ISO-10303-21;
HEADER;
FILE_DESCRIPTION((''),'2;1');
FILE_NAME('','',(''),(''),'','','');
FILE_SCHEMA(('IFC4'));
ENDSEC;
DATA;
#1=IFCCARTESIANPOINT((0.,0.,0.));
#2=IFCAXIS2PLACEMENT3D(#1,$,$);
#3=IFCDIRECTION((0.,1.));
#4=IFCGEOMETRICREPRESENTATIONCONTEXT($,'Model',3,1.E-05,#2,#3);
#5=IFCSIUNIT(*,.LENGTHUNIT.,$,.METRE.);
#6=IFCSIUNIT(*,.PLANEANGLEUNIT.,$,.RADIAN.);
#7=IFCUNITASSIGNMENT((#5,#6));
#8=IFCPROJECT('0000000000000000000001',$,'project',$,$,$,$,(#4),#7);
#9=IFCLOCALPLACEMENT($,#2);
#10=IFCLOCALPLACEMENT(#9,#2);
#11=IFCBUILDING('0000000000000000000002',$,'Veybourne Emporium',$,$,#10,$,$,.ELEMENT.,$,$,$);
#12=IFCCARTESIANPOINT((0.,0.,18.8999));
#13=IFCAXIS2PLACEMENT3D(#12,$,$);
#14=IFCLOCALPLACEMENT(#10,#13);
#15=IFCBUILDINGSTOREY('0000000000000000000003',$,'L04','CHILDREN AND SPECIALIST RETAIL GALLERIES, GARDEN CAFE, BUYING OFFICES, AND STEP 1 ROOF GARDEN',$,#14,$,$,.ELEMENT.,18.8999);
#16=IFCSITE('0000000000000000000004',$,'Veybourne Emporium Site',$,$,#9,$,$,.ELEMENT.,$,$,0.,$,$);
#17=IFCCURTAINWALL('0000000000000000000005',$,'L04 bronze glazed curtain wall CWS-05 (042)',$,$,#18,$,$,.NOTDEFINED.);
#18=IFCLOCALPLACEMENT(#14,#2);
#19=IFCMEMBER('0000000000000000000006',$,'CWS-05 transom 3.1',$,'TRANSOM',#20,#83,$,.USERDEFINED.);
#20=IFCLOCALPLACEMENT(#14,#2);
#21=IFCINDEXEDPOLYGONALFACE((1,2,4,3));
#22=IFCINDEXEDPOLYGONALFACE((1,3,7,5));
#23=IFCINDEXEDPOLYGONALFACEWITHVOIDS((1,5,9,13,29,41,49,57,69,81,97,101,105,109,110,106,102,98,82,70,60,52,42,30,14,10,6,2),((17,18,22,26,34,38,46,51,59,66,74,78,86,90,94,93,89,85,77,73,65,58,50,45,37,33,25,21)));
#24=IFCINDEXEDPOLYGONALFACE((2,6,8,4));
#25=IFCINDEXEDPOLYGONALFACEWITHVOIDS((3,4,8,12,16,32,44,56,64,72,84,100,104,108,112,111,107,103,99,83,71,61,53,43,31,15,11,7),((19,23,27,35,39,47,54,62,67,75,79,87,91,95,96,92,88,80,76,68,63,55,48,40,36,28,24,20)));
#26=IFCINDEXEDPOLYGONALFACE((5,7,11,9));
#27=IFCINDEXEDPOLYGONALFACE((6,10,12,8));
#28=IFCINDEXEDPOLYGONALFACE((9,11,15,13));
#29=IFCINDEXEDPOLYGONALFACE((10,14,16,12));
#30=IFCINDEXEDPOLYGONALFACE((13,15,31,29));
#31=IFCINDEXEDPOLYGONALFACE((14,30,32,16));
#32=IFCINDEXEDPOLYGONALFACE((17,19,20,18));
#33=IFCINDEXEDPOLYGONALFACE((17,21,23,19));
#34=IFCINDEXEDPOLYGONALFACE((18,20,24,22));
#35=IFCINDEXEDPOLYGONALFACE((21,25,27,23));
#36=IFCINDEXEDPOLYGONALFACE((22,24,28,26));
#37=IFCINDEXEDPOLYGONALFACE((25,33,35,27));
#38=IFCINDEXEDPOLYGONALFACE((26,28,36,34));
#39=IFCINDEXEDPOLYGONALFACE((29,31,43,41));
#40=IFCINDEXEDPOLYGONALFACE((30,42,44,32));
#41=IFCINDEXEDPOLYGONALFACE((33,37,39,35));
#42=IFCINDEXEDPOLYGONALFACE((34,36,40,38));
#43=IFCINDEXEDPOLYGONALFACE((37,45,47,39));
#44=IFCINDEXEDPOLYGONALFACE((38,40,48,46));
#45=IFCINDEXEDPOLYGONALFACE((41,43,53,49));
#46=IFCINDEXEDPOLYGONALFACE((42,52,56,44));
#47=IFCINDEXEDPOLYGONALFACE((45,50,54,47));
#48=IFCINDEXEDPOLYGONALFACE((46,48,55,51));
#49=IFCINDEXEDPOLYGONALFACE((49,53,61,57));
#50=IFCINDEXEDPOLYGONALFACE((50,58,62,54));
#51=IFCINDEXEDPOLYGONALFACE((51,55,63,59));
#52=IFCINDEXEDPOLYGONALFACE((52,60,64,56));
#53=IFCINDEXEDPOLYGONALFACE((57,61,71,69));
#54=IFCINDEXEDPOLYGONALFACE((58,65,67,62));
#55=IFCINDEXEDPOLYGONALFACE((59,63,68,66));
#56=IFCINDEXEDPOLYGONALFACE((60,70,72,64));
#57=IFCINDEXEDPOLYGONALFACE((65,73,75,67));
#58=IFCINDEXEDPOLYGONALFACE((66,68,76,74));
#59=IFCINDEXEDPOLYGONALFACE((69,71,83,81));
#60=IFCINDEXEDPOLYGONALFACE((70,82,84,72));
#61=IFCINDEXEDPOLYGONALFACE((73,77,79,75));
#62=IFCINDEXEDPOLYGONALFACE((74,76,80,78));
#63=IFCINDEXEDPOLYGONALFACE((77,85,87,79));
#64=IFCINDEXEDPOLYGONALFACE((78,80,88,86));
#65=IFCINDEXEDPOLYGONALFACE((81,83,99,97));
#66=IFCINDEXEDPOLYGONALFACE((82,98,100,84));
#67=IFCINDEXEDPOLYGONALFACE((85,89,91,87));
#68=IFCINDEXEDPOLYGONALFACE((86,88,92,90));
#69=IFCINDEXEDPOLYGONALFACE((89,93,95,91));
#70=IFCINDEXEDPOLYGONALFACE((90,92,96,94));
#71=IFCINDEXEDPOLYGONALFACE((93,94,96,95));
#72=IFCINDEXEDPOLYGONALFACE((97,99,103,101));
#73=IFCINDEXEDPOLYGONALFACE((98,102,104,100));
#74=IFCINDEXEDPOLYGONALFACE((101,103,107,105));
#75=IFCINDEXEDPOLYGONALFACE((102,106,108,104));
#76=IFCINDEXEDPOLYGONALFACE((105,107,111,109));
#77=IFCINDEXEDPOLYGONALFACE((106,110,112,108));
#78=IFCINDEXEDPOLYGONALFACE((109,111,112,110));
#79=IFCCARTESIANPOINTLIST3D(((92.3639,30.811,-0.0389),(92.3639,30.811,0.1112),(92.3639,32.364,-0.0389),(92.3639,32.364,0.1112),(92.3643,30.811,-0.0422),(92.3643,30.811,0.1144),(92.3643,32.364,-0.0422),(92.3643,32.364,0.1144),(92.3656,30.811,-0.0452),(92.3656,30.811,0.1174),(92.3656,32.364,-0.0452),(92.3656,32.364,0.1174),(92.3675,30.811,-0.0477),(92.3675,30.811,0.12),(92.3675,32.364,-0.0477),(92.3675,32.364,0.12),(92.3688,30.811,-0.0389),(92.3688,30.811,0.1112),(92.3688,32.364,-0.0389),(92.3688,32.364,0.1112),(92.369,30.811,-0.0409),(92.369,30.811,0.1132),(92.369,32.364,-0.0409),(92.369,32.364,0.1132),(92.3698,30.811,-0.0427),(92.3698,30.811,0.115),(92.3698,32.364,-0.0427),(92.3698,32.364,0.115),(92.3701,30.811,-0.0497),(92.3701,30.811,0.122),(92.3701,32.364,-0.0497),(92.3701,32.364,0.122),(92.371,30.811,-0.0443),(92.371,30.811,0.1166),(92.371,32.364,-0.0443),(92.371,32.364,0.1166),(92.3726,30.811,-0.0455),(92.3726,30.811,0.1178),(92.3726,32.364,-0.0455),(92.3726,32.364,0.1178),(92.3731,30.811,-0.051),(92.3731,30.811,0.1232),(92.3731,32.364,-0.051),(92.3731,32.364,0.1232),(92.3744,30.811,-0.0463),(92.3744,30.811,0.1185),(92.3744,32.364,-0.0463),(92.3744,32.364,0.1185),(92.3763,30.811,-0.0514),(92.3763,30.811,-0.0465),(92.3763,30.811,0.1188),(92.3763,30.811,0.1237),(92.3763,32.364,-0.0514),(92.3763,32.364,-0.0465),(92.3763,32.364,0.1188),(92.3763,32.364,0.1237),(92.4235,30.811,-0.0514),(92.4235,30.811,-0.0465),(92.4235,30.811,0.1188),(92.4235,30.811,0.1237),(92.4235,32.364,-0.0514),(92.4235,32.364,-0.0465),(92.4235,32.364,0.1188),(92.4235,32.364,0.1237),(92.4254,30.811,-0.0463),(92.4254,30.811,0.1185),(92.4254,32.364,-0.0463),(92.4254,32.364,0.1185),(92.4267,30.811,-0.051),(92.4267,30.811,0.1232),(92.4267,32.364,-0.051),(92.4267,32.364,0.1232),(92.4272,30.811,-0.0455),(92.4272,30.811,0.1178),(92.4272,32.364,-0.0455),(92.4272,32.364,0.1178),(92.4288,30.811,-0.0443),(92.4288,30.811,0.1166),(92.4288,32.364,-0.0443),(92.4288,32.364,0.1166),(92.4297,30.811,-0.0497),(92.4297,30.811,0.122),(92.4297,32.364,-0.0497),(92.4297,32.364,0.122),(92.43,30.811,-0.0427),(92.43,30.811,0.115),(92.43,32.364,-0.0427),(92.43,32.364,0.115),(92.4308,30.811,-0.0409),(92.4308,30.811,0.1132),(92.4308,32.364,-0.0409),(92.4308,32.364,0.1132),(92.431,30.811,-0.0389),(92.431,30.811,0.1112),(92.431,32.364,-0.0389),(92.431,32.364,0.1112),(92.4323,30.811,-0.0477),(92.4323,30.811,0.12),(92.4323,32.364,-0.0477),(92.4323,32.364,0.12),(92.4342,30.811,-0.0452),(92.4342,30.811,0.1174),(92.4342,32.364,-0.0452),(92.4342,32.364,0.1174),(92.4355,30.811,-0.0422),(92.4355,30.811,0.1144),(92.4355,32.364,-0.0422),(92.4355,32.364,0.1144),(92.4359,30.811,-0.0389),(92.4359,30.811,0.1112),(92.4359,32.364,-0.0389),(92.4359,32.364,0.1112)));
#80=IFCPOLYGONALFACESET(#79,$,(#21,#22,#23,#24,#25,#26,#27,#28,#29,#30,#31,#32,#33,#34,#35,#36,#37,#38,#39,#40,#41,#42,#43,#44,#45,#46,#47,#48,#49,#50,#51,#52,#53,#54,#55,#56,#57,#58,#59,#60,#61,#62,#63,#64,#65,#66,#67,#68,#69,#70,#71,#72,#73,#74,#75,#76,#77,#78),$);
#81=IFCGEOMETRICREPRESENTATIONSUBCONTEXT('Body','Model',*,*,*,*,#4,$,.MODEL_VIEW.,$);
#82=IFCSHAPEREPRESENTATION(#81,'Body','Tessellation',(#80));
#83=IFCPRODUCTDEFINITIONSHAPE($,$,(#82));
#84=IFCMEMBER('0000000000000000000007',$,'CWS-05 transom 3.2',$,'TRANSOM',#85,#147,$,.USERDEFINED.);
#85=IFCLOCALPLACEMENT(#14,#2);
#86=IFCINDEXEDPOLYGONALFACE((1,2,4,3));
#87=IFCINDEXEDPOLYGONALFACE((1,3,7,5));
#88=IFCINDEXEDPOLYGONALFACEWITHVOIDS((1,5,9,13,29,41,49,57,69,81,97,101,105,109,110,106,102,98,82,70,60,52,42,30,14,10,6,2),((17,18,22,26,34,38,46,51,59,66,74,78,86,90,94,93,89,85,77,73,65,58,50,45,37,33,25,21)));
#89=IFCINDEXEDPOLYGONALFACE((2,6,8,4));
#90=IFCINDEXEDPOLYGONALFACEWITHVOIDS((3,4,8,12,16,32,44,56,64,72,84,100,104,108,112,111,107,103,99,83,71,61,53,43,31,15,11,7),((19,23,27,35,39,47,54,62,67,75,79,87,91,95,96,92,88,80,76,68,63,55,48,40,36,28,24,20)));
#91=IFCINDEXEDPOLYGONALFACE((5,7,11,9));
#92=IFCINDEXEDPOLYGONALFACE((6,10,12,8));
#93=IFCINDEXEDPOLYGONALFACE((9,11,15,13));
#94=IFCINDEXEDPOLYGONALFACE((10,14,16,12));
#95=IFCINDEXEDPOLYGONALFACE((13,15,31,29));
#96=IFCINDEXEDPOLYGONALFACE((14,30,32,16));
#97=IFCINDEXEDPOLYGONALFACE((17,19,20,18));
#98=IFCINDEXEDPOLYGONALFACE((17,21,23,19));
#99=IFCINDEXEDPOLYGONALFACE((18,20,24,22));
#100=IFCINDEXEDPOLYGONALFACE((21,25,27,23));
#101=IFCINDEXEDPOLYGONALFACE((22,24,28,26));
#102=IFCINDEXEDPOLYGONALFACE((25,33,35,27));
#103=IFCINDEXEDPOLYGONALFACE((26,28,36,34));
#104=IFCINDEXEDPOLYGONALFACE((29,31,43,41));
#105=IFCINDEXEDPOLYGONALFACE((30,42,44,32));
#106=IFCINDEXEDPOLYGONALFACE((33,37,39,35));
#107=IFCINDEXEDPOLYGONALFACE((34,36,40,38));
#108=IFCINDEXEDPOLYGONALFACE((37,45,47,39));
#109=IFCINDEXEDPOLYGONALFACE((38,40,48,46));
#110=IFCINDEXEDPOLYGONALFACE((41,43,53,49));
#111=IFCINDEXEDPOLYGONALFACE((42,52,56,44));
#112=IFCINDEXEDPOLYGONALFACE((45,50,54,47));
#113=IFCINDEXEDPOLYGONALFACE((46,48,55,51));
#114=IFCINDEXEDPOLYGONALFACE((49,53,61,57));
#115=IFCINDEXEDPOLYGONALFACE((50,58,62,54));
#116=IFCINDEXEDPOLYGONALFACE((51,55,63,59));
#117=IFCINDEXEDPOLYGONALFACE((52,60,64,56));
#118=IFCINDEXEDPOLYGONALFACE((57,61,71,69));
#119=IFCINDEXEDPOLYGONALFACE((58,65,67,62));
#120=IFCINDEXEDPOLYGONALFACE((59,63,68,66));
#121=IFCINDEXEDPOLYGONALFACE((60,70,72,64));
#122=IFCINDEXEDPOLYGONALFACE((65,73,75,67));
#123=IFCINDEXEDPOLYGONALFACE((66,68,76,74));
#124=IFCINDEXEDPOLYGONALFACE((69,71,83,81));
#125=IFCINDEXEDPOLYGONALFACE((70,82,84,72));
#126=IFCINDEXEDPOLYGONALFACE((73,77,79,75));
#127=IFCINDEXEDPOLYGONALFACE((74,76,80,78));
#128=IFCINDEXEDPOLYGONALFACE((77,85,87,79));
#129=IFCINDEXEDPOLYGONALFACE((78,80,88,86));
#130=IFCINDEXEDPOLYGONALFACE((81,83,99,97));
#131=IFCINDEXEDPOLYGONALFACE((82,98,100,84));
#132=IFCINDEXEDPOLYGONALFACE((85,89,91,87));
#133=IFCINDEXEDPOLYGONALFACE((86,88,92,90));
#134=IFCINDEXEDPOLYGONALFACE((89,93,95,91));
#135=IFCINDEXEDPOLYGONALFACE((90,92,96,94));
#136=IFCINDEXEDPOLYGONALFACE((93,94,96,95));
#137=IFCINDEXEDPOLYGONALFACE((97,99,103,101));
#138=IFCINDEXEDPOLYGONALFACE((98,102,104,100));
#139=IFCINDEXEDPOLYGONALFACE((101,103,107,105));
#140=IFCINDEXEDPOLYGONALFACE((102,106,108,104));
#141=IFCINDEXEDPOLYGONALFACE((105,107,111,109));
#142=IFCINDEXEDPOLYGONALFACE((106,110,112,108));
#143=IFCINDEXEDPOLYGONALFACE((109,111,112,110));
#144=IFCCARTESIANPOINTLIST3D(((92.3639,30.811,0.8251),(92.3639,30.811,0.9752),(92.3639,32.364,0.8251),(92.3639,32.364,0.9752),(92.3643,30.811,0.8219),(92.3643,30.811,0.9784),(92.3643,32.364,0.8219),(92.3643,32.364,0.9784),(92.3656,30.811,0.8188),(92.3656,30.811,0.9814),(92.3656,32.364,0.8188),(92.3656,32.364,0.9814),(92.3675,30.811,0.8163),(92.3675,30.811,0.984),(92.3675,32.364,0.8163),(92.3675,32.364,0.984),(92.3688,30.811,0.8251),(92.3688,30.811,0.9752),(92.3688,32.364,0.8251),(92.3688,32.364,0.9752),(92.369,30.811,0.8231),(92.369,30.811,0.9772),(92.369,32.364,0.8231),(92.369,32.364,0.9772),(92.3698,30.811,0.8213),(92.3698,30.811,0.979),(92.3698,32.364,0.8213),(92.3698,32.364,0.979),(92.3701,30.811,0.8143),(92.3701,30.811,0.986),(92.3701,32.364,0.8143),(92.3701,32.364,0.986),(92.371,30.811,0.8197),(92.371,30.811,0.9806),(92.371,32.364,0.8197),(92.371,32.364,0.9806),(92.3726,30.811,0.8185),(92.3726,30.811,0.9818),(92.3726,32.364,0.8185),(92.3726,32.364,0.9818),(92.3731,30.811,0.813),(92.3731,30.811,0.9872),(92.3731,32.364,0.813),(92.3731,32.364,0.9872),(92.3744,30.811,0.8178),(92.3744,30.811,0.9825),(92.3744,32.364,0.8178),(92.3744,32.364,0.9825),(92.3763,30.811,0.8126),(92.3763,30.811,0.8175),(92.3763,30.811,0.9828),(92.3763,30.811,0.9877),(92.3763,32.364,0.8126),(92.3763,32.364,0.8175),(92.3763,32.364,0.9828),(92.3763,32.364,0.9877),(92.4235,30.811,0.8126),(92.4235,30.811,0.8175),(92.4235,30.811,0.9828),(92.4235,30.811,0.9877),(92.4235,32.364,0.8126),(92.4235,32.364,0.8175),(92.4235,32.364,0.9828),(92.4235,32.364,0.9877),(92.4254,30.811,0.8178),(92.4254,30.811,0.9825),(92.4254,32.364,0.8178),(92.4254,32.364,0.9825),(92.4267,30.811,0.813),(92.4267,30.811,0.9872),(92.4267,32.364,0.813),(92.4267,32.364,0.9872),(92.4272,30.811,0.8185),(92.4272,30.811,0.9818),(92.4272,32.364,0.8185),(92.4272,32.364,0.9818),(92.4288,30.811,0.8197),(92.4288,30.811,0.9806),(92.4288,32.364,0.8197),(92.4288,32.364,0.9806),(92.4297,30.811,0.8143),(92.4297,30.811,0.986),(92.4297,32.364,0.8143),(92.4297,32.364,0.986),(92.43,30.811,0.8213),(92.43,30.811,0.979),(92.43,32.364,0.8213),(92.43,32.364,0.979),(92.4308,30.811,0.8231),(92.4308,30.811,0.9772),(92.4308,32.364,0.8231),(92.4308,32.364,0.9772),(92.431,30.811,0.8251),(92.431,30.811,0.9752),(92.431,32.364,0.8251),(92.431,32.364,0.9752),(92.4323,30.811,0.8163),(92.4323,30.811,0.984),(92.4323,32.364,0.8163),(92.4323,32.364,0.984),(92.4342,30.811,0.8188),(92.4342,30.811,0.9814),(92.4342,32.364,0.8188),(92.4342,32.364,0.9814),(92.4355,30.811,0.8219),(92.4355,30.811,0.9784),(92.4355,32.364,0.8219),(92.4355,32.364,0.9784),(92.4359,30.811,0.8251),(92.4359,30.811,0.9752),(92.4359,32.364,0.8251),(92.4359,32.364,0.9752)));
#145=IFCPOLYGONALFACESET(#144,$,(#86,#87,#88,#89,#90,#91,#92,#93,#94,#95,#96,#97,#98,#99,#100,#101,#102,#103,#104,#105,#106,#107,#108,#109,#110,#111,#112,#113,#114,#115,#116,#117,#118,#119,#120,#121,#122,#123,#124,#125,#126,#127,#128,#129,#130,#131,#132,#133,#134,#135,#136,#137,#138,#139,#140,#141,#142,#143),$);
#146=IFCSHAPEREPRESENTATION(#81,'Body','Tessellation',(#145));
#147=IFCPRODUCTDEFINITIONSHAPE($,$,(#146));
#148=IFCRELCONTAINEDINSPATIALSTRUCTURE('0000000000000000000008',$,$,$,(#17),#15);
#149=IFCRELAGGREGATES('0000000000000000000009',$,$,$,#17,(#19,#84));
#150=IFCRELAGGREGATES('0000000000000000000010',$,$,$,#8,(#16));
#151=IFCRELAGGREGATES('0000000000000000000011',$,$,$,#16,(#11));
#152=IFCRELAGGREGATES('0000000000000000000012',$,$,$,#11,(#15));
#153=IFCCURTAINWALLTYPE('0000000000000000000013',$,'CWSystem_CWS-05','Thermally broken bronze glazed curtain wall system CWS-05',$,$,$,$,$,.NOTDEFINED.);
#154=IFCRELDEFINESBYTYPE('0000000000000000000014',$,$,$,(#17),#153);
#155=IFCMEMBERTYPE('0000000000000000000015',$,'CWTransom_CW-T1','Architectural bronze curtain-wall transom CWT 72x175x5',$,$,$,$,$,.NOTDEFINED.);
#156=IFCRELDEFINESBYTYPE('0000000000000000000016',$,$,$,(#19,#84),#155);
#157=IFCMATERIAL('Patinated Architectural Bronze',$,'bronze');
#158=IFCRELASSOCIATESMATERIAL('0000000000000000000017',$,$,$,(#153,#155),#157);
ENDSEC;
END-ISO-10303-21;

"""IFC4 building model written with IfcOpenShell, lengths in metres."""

from ifc_helpers import new_model, si_unit, direction, frame, origin, origin_2d, place, context, subcontext, project, spatial, hollow_rectangle, extrude, material, material_profile, profile_set, type_object, element, aggregate, save


model = new_model("IFC4")

# Units and contexts
model_context = context("Model", 3, precision=1e-05, world=origin(), true_north=direction((0.0, 1.0)))
body_context = subcontext(model_context, "Body", "Model", "MODEL_VIEW")
ifc_project = project(units=[si_unit("LENGTHUNIT", "METRE"), si_unit("PLANEANGLEUNIT", "RADIAN")], contexts=[model_context])

# Site, building, storey
site_placement = place(None, origin())
site = spatial("IfcSite", under=ifc_project, at=site_placement, Name="Veybourne Emporium Site", CompositionType="ELEMENT", RefElevation=0.0)
building_placement = place(site_placement, origin())
building = spatial("IfcBuilding", under=site, at=building_placement, Name="Veybourne Emporium", CompositionType="ELEMENT")
storey_placement = place(building_placement, frame((0.0, 0.0, 18.8999)))
storey = spatial("IfcBuildingStorey", under=building, at=storey_placement, Name="L04", Description="CHILDREN AND SPECIALIST RETAIL GALLERIES, GARDEN CAFE, BUYING OFFICES, AND STEP 1 ROOF GARDEN", CompositionType="ELEMENT", Elevation=18.8999)

# Curtain wall, members
ifc_material_1 = material(Name="Patinated Architectural Bronze", Category="bronze")
curtain_wall_type = type_object("IfcCurtainWallType", Name="CWSystem_CWS-05", Description="Thermally broken bronze glazed curtain wall system CWS-05", PredefinedType="NOTDEFINED", material=ifc_material_1)
curtain_wall_placement = place(storey_placement, origin())
curtain_wall = element("IfcCurtainWall", 1, at=curtain_wall_placement, inside=storey, type_object=curtain_wall_type, Name="L04 bronze glazed curtain wall CWS-05 (042)", PredefinedType="NOTDEFINED")
ifc_material_profile_1 = material_profile(ifc_material_1, hollow_rectangle(XDim=0.072, YDim=0.175, WallThickness=0.0049, InnerFilletRadius=0.0076, OuterFilletRadius=0.0125, at=origin_2d()), Name="CWT 72x175x5")
ifc_profile_set_1 = profile_set([ifc_material_profile_1], Name="Patinated Architectural Bronze")
member_type_1 = type_object("IfcMemberType", Name="CWTransom_CW-T1", Description="Architectural bronze curtain-wall transom CWT 72x175x5", PredefinedType="NOTDEFINED", material=ifc_profile_set_1)
member_1_placement = place(storey_placement, frame((92.3999, 32.364, 0.0361), z_axis=(0.0, -1.0, 0.0), x_axis=(1.0, 0.0, 0.0)))
member_1 = element("IfcMember", 2, at=member_1_placement, type_object=member_type_1, Name="CWS-05 transom 3.1", ObjectType="TRANSOM", PredefinedType="USERDEFINED", context=body_context, shape_type="SweptSolid", body=[
    extrude(hollow_rectangle(XDim=0.072, YDim=0.175, WallThickness=0.0049, InnerFilletRadius=0.0076, OuterFilletRadius=0.0125, at=origin_2d()), origin(), (0.0, 0.0, 1.0), 1.553),
])
member_2_placement = place(storey_placement, frame((92.3999, 32.364, 0.9001), z_axis=(0.0, -1.0, 0.0), x_axis=(1.0, 0.0, 0.0)))
member_2 = element("IfcMember", 3, at=member_2_placement, type_object=member_type_1, Name="CWS-05 transom 3.2", ObjectType="TRANSOM", PredefinedType="USERDEFINED", context=body_context, shape_type="SweptSolid", body=[
    extrude(hollow_rectangle(XDim=0.072, YDim=0.175, WallThickness=0.0049, InnerFilletRadius=0.0076, OuterFilletRadius=0.0125, at=origin_2d()), origin(), (0.0, 0.0, 1.0), 1.553),
])
aggregate(curtain_wall, [member_1, member_2])

save(model, "model.ifc")
